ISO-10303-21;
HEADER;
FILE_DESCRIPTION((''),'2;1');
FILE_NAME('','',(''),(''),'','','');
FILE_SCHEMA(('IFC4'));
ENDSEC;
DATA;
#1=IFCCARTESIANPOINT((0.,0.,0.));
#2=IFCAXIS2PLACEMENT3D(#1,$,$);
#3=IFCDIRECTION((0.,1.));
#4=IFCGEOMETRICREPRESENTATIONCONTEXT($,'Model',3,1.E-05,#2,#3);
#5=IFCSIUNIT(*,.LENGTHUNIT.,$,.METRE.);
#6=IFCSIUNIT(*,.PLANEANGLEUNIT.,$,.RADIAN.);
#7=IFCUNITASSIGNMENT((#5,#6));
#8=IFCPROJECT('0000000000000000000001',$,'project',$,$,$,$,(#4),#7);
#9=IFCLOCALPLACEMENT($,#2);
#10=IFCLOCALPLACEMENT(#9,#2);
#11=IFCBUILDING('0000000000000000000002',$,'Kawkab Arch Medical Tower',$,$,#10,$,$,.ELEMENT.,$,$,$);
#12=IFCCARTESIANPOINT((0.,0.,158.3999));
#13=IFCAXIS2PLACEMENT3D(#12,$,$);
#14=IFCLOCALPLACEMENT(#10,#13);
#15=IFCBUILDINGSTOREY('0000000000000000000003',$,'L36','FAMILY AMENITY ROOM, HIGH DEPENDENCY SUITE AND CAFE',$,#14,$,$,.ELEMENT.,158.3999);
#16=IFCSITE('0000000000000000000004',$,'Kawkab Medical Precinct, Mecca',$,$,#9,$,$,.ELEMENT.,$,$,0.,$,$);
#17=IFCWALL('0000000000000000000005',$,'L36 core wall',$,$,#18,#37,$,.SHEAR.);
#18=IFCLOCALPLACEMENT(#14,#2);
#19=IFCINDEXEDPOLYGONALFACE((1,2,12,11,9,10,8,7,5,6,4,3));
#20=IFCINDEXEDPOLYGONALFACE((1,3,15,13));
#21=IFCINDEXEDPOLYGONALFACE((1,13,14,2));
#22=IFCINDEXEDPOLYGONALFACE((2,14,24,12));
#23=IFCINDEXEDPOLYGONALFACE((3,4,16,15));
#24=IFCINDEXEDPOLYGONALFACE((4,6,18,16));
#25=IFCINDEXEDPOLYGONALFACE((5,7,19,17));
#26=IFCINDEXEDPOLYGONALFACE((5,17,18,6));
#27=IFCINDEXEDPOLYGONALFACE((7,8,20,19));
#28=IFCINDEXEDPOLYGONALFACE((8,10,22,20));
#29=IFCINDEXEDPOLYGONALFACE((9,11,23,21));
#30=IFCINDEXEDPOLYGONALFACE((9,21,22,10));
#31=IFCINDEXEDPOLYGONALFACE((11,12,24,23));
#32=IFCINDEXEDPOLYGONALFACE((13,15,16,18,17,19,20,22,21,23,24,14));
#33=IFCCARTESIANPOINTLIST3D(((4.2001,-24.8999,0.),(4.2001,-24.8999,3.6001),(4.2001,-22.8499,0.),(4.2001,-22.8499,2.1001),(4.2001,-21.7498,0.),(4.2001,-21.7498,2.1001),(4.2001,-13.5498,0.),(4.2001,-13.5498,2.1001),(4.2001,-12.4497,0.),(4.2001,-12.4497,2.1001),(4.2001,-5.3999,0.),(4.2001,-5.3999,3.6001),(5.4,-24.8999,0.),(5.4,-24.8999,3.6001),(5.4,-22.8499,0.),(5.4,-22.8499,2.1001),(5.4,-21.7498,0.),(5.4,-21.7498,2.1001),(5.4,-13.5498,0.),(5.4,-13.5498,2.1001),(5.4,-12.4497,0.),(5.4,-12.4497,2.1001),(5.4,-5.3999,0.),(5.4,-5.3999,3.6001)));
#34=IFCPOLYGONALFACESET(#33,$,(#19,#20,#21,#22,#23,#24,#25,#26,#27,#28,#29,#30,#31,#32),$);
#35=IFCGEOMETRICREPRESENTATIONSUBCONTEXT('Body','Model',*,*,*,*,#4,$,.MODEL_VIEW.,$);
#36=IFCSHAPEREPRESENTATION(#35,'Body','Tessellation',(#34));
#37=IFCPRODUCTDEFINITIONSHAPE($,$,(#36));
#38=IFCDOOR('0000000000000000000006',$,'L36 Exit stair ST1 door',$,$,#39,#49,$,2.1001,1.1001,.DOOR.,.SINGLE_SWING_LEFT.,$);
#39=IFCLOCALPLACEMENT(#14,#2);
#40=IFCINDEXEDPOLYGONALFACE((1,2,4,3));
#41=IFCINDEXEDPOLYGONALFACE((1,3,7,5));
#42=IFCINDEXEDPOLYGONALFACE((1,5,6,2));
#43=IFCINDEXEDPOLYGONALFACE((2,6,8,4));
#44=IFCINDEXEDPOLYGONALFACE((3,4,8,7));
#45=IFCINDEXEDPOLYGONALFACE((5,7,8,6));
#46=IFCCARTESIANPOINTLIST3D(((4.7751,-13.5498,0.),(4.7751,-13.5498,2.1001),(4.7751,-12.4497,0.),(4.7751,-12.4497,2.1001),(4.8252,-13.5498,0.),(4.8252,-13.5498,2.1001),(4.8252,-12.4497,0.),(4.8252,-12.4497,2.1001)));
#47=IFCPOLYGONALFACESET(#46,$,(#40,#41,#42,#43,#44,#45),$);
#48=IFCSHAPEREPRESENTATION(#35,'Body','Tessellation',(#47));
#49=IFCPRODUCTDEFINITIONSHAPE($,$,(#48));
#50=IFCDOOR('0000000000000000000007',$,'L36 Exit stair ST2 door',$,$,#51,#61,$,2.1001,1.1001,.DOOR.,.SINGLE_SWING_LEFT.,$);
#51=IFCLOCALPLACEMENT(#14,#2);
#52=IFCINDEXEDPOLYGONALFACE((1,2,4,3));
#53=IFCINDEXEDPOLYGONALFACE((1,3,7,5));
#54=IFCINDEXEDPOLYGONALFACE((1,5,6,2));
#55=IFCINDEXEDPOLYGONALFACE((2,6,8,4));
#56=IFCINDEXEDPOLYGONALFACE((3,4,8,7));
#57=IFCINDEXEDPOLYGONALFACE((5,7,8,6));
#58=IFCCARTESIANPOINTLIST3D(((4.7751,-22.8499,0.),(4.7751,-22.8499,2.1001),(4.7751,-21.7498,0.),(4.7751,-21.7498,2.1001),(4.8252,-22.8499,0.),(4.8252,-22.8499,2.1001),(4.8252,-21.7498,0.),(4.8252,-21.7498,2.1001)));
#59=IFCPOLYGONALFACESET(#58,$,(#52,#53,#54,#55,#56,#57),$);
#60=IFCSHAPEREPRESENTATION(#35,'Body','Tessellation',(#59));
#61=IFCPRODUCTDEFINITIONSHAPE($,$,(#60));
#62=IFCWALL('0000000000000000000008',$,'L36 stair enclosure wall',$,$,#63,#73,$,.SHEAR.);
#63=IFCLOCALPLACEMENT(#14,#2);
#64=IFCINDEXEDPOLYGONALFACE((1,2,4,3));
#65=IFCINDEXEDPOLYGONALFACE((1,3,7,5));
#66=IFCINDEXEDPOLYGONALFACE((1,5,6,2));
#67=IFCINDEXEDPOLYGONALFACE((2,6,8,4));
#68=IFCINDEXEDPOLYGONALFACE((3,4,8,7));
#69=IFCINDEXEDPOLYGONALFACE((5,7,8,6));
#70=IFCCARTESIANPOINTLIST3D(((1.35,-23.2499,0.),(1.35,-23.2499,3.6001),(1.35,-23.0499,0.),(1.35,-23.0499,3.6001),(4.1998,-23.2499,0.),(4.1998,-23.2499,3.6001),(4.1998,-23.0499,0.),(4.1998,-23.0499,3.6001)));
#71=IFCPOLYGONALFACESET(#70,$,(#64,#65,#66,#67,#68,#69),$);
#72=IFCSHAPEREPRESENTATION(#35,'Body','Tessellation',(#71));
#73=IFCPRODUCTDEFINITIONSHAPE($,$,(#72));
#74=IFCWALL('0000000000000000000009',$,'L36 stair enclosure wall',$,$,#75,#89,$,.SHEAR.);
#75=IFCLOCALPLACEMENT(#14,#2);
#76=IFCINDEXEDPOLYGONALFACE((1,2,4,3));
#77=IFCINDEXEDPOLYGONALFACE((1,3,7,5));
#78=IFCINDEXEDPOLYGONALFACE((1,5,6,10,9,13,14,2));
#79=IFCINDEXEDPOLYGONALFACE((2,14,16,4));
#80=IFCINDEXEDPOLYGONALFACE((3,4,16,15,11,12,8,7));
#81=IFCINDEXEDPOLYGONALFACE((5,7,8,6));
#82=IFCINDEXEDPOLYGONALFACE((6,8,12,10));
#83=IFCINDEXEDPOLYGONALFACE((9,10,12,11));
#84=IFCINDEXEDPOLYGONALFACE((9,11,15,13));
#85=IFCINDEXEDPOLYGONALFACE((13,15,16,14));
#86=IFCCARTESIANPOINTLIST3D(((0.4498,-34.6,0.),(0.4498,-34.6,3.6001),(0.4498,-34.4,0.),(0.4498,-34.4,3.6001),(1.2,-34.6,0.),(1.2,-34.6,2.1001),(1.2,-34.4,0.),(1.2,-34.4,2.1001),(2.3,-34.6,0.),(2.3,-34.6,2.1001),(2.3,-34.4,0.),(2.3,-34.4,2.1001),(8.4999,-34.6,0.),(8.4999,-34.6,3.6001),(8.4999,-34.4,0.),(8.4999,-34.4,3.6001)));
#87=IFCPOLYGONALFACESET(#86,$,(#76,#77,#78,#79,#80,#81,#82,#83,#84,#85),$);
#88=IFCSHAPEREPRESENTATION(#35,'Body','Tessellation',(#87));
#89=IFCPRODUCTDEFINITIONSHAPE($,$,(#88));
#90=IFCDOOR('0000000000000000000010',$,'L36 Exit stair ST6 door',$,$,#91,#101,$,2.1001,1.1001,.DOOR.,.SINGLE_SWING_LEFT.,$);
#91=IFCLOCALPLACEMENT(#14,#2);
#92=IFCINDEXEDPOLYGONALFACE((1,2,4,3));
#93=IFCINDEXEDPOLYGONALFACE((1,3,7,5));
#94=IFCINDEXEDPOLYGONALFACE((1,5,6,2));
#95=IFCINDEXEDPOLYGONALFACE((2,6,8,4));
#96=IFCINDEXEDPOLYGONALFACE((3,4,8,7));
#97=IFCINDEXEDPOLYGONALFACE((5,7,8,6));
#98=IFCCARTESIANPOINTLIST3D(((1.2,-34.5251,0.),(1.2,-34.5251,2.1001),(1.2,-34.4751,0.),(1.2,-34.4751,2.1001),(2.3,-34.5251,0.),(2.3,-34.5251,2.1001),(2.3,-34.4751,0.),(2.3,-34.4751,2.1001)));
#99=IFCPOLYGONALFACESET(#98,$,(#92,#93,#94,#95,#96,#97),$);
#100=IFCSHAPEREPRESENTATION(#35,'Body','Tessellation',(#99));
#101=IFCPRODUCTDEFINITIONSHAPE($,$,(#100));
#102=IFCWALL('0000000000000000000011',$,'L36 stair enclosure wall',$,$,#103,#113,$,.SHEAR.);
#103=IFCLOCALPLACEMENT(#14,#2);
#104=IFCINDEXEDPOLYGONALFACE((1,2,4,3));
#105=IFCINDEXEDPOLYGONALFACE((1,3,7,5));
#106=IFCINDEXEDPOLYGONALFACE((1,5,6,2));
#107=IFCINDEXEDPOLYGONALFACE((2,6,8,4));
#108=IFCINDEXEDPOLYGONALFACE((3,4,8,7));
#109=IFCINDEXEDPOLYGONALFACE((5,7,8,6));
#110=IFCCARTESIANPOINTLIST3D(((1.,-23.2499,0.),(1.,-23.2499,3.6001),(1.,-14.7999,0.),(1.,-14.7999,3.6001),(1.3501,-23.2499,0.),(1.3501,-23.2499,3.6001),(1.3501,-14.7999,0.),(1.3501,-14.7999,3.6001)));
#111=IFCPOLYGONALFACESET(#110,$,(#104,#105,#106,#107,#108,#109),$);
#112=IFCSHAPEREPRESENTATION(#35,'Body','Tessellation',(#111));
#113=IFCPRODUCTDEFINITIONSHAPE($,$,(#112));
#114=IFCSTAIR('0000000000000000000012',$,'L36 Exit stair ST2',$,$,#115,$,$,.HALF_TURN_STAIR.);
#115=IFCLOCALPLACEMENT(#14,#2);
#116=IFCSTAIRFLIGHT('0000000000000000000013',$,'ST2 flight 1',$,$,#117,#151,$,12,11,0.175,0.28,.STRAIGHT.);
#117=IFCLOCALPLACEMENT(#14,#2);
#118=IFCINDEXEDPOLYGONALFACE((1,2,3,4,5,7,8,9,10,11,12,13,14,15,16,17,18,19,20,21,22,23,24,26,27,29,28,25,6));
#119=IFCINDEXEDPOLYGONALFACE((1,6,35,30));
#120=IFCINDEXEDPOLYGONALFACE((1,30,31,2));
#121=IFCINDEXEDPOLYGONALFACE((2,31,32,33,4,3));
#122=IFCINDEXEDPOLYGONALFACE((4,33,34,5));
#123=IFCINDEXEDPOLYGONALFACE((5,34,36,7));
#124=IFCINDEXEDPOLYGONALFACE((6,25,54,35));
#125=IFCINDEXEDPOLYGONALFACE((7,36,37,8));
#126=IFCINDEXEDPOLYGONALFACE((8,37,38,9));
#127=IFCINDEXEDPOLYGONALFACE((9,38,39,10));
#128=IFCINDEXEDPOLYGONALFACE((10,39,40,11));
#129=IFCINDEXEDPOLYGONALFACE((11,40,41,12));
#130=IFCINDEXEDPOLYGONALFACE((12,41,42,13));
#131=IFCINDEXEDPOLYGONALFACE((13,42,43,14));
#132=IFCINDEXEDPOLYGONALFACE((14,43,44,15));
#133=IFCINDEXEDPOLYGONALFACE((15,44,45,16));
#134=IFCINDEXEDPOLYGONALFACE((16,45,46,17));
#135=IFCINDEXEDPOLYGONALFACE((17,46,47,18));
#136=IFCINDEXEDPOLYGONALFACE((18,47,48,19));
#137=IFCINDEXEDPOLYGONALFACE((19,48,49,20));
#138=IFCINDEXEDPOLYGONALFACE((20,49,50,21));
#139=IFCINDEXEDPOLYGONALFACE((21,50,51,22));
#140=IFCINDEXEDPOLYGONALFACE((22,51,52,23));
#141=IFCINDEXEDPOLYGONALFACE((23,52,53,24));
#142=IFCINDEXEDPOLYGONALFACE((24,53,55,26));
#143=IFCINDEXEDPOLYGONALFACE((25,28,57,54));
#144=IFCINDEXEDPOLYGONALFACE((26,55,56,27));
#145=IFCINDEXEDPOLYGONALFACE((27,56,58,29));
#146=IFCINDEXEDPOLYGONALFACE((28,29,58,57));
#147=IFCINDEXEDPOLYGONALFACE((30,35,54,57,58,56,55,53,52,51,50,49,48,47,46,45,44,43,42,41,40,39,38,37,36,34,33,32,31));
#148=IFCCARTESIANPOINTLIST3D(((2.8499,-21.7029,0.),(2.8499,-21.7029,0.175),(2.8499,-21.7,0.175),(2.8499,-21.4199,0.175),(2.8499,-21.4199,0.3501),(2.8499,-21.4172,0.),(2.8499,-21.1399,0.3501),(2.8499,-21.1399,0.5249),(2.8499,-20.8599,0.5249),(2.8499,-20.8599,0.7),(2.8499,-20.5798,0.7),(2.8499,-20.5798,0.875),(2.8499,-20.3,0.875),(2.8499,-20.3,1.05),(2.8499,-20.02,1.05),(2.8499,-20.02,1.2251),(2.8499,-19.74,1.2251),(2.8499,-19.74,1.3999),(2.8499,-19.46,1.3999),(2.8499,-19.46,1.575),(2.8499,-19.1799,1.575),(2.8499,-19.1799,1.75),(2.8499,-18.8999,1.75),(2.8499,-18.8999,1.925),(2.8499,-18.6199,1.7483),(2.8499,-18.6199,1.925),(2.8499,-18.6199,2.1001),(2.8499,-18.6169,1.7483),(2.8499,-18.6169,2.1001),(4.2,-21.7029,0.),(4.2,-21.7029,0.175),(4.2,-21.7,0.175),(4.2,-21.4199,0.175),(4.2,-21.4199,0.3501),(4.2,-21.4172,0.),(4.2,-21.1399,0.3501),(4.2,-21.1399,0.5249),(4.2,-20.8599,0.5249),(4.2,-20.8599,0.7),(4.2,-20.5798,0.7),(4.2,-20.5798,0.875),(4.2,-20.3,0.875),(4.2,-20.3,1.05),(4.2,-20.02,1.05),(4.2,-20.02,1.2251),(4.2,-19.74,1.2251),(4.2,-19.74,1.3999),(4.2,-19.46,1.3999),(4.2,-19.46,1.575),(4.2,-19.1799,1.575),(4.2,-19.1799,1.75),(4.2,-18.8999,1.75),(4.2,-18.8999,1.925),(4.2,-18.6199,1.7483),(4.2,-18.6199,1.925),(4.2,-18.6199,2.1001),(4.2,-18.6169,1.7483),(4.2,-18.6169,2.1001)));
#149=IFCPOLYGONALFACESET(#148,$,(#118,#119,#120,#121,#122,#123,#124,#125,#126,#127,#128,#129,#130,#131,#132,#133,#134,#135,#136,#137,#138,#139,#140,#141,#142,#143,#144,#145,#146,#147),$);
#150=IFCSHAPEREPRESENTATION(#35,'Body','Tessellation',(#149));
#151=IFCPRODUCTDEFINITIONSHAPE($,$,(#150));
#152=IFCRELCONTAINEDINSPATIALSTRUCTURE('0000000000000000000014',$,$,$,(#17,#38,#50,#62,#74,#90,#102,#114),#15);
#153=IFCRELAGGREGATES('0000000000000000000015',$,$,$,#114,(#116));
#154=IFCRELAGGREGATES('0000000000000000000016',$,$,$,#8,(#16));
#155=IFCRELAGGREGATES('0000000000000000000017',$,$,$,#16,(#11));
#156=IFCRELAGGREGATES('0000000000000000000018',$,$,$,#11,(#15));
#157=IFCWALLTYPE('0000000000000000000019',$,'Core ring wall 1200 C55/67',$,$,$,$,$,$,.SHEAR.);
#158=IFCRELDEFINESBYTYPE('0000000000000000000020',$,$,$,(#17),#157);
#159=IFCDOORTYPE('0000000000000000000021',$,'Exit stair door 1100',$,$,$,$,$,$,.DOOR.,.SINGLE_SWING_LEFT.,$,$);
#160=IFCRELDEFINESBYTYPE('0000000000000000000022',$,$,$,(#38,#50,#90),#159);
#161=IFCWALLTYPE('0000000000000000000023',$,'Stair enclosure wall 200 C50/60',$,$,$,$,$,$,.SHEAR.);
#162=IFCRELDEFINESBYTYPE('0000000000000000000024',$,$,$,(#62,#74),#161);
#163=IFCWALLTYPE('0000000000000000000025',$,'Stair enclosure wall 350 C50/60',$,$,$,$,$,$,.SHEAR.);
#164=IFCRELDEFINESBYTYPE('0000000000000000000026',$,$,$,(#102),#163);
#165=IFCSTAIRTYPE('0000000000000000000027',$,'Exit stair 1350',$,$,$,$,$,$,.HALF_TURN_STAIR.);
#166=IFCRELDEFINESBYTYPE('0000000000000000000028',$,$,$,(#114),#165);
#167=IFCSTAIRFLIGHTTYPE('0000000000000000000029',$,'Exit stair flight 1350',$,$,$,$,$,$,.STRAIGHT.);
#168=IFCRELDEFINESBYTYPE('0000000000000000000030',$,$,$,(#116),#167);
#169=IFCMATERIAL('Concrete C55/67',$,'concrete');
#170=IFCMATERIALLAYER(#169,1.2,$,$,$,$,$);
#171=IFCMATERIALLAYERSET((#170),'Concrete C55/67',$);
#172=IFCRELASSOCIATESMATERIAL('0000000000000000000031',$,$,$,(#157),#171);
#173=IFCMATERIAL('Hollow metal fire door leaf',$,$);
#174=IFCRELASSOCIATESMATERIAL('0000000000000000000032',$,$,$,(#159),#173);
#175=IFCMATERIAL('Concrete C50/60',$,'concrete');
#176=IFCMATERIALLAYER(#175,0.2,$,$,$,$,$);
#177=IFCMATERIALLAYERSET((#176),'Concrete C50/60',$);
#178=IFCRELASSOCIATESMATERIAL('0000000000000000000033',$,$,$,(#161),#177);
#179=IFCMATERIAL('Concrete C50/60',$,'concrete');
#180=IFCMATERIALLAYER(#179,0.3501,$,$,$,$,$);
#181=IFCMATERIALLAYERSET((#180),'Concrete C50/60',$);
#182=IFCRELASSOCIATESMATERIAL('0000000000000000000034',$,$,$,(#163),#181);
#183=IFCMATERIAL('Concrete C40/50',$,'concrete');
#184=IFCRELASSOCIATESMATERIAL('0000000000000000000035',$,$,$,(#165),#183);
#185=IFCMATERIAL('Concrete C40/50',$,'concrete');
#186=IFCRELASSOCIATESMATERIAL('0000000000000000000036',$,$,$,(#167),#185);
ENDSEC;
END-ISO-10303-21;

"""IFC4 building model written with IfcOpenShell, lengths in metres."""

from ifc_helpers import new_model, si_unit, direction, frame, frame_2d, origin, place, context, subcontext, project, spatial, polyline, rectangle, outline, extrude, material, layer, layer_set, type_object, element, fill, aggregate, save


model = new_model("IFC4")

# Units and contexts
model_context = context("Model", 3, precision=1e-05, world=origin(), true_north=direction((0.0, 1.0)))
body_context = subcontext(model_context, "Body", "Model", "MODEL_VIEW")
ifc_project = project(units=[si_unit("LENGTHUNIT", "METRE"), si_unit("PLANEANGLEUNIT", "RADIAN")], contexts=[model_context])

# Site, building, storey
site_placement = place(None, origin())
site = spatial("IfcSite", under=ifc_project, at=site_placement, Name="Kawkab Medical Precinct, Mecca", CompositionType="ELEMENT", RefElevation=0.0)
building_placement = place(site_placement, origin())
building = spatial("IfcBuilding", under=site, at=building_placement, Name="Kawkab Arch Medical Tower", CompositionType="ELEMENT")
storey_placement = place(building_placement, frame((0.0, 0.0, 158.3999)))
storey = spatial("IfcBuildingStorey", under=building, at=storey_placement, Name="L36", Description="FAMILY AMENITY ROOM, HIGH DEPENDENCY SUITE AND CAFE", CompositionType="ELEMENT", Elevation=158.3999)

# Wall, openings, doors
ifc_material_1 = material(Name="Concrete C55/67", Category="concrete")
ifc_layer_1 = layer(ifc_material_1, 1.2)
ifc_layer_set_1 = layer_set([ifc_layer_1], Name="Concrete C55/67")
wall_type_1 = type_object("IfcWallType", Name="Core ring wall 1200 C55/67", PredefinedType="SHEAR", material=ifc_layer_set_1)
wall_1_placement = place(storey_placement, frame((4.8, -24.8999, 0.0), z_axis=(0.0, 0.0, 1.0), x_axis=(0.0, 1.0, 0.0)))
wall_1 = element("IfcWall", 1, at=wall_1_placement, inside=storey, type_object=wall_type_1, Name="L36 core wall", PredefinedType="SHEAR", context=body_context, shape_type="SweptSolid", body=[
    extrude(rectangle(XDim=19.5, YDim=1.2, at=frame_2d((9.75, 0.0))), origin(), (0.0, 0.0, 1.0), 3.6001),
])
opening_1_placement = place(wall_1_placement, frame((11.3501, 0.0, 0.0)))
opening_1 = element("IfcOpeningElement", 2, at=opening_1_placement, cuts=wall_1, PredefinedType="OPENING", context=body_context, shape_type="SweptSolid", body=[
    extrude(rectangle(XDim=1.1001, YDim=2.1001, at=frame_2d((0.55, 1.05))), frame((0.0, 0.6099, 0.0), z_axis=(0.0, -1.0, 0.0), x_axis=(1.0, 0.0, 0.0)), (0.0, 0.0, 1.0), 1.22),
])
opening_2_placement = place(wall_1_placement, frame((2.05, 0.0, 0.0)))
opening_2 = element("IfcOpeningElement", 3, at=opening_2_placement, cuts=wall_1, PredefinedType="OPENING", context=body_context, shape_type="SweptSolid", body=[
    extrude(rectangle(XDim=1.1001, YDim=2.1001, at=frame_2d((0.55, 1.05))), frame((0.0, 0.6099, 0.0), z_axis=(0.0, -1.0, 0.0), x_axis=(1.0, 0.0, 0.0)), (0.0, 0.0, 1.0), 1.22),
])
ifc_material_2 = material(Name="Hollow metal fire door leaf")
door_type = type_object("IfcDoorType", Name="Exit stair door 1100", OperationType="SINGLE_SWING_LEFT", PredefinedType="DOOR", material=ifc_material_2)
door_1_placement = place(opening_1_placement, origin())
door_1 = element("IfcDoor", 4, at=door_1_placement, inside=storey, type_object=door_type, Name="L36 Exit stair ST1 door", OperationType="SINGLE_SWING_LEFT", OverallHeight=2.1001, OverallWidth=1.1001, PredefinedType="DOOR", context=body_context, shape_type="SweptSolid", body=[
    extrude(rectangle(XDim=1.1001, YDim=2.1001, at=frame_2d((0.55, 1.05))), frame((0.0, 0.0249, 0.0), z_axis=(0.0, -1.0, 0.0), x_axis=(1.0, 0.0, 0.0)), (0.0, 0.0, 1.0), 0.05),
])
fill(opening_1, door_1)
door_2_placement = place(opening_2_placement, origin())
door_2 = element("IfcDoor", 5, at=door_2_placement, inside=storey, type_object=door_type, Name="L36 Exit stair ST2 door", OperationType="SINGLE_SWING_LEFT", OverallHeight=2.1001, OverallWidth=1.1001, PredefinedType="DOOR", context=body_context, shape_type="SweptSolid", body=[
    extrude(rectangle(XDim=1.1001, YDim=2.1001, at=frame_2d((0.55, 1.05))), frame((0.0, 0.0249, 0.0), z_axis=(0.0, -1.0, 0.0), x_axis=(1.0, 0.0, 0.0)), (0.0, 0.0, 1.0), 0.05),
])
fill(opening_2, door_2)

# Wall
ifc_material_3 = material(Name="Concrete C50/60", Category="concrete")
ifc_layer_2 = layer(ifc_material_3, 0.2)
ifc_layer_set_2 = layer_set([ifc_layer_2], Name="Concrete C50/60")
wall_type_2 = type_object("IfcWallType", Name="Stair enclosure wall 200 C50/60", PredefinedType="SHEAR", material=ifc_layer_set_2)
wall_2_placement = place(storey_placement, frame((1.3501, -23.1499, 0.0), z_axis=(0.0, 0.0, 1.0), x_axis=(1.0, 0.0, 0.0)))
element("IfcWall", 6, at=wall_2_placement, inside=storey, type_object=wall_type_2, Name="L36 stair enclosure wall", PredefinedType="SHEAR", context=body_context, shape_type="SweptSolid", body=[
    extrude(rectangle(XDim=2.8499, YDim=0.2, at=frame_2d((1.4248, 0.0))), origin(), (0.0, 0.0, 1.0), 3.6001),
])

# Wall, opening, door
wall_3_placement = place(storey_placement, frame((0.45, -34.5, 0.0), z_axis=(0.0, 0.0, 1.0), x_axis=(1.0, 0.0, 0.0)))
wall_3 = element("IfcWall", 7, at=wall_3_placement, inside=storey, type_object=wall_type_2, Name="L36 stair enclosure wall", PredefinedType="SHEAR", context=body_context, shape_type="SweptSolid", body=[
    extrude(rectangle(XDim=8.05, YDim=0.2, at=frame_2d((4.0249, 0.0))), origin(), (0.0, 0.0, 1.0), 3.6001),
])
opening_3_placement = place(wall_3_placement, frame((0.75, 0.0, 0.0)))
opening_3 = element("IfcOpeningElement", 8, at=opening_3_placement, cuts=wall_3, PredefinedType="OPENING", context=body_context, shape_type="SweptSolid", body=[
    extrude(rectangle(XDim=1.1001, YDim=2.1001, at=frame_2d((0.55, 1.05))), frame((0.0, 0.1099, 0.0), z_axis=(0.0, -1.0, 0.0), x_axis=(1.0, 0.0, 0.0)), (0.0, 0.0, 1.0), 0.22),
])
door_3_placement = place(opening_3_placement, origin())
door_3 = element("IfcDoor", 9, at=door_3_placement, inside=storey, type_object=door_type, Name="L36 Exit stair ST6 door", OperationType="SINGLE_SWING_LEFT", OverallHeight=2.1001, OverallWidth=1.1001, PredefinedType="DOOR", context=body_context, shape_type="SweptSolid", body=[
    extrude(rectangle(XDim=1.1001, YDim=2.1001, at=frame_2d((0.55, 1.05))), frame((0.0, 0.0249, 0.0), z_axis=(0.0, -1.0, 0.0), x_axis=(1.0, 0.0, 0.0)), (0.0, 0.0, 1.0), 0.05),
])
fill(opening_3, door_3)

# Wall
ifc_material_4 = material(Name="Concrete C50/60", Category="concrete")
ifc_layer_3 = layer(ifc_material_4, 0.3501)
ifc_layer_set_3 = layer_set([ifc_layer_3], Name="Concrete C50/60")
wall_type_3 = type_object("IfcWallType", Name="Stair enclosure wall 350 C50/60", PredefinedType="SHEAR", material=ifc_layer_set_3)
wall_4_placement = place(storey_placement, frame((1.175, -23.25, 0.0), z_axis=(0.0, 0.0, 1.0), x_axis=(0.0, 1.0, 0.0)))
element("IfcWall", 10, at=wall_4_placement, inside=storey, type_object=wall_type_3, Name="L36 stair enclosure wall", PredefinedType="SHEAR", context=body_context, shape_type="SweptSolid", body=[
    extrude(rectangle(XDim=8.45, YDim=0.3501, at=frame_2d((4.2251, 0.0))), origin(), (0.0, 0.0, 1.0), 3.6001),
])

# Stair, stair flight
ifc_material_5 = material(Name="Concrete C40/50", Category="concrete")
stair_type = type_object("IfcStairType", Name="Exit stair 1350", PredefinedType="HALF_TURN_STAIR", material=ifc_material_5)
placement = place(storey_placement, origin())
stair_1 = element("IfcStair", 11, at=placement, inside=storey, type_object=stair_type, Name="L36 Exit stair ST2", PredefinedType="HALF_TURN_STAIR")
ifc_material_6 = material(Name="Concrete C40/50", Category="concrete")
stair_flight_type = type_object("IfcStairFlightType", Name="Exit stair flight 1350", PredefinedType="STRAIGHT", material=ifc_material_6)
stair_flight_1_placement = place(storey_placement, frame((3.5249, -21.7, 0.0), z_axis=(0.0, 0.0, 1.0), x_axis=(0.0, 1.0, 0.0)))
stair_flight_1 = element("IfcStairFlight", 12, at=stair_flight_1_placement, type_object=stair_flight_type, Name="ST2 flight 1", NumberOfRisers=12, NumberOfTreads=11, PredefinedType="STRAIGHT", RiserHeight=0.175, TreadLength=0.28, context=body_context, shape_type="SweptSolid", body=[
    extrude(outline(polyline([(-0.0029, 0.0), (-0.0029, 0.175), (0.0, 0.175), (0.28, 0.175), (0.28, 0.3501), (0.5601, 0.3501), (0.5601, 0.5249), (0.8401, 0.5249), (0.8401, 0.7), (1.1201, 0.7), (1.1201, 0.875), (1.3999, 0.875), (1.3999, 1.05), (1.6799, 1.05), (1.6799, 1.2251), (1.96, 1.2251), (1.96, 1.3999), (2.24, 1.3999), (2.24, 1.575), (2.52, 1.575), (2.52, 1.75), (2.8, 1.75), (2.8, 1.925), (3.0801, 1.925), (3.0801, 2.1001), (3.083, 2.1001), (3.083, 1.7483), (3.0801, 1.7483), (0.2827, 0.0), (-0.0029, 0.0)])), frame((0.0, 0.675, 0.0), z_axis=(0.0, -1.0, 0.0), x_axis=(1.0, 0.0, 0.0)), (0.0, 0.0, 1.0), 1.3501),
])
aggregate(stair_1, [stair_flight_1])

save(model, "model.ifc")
